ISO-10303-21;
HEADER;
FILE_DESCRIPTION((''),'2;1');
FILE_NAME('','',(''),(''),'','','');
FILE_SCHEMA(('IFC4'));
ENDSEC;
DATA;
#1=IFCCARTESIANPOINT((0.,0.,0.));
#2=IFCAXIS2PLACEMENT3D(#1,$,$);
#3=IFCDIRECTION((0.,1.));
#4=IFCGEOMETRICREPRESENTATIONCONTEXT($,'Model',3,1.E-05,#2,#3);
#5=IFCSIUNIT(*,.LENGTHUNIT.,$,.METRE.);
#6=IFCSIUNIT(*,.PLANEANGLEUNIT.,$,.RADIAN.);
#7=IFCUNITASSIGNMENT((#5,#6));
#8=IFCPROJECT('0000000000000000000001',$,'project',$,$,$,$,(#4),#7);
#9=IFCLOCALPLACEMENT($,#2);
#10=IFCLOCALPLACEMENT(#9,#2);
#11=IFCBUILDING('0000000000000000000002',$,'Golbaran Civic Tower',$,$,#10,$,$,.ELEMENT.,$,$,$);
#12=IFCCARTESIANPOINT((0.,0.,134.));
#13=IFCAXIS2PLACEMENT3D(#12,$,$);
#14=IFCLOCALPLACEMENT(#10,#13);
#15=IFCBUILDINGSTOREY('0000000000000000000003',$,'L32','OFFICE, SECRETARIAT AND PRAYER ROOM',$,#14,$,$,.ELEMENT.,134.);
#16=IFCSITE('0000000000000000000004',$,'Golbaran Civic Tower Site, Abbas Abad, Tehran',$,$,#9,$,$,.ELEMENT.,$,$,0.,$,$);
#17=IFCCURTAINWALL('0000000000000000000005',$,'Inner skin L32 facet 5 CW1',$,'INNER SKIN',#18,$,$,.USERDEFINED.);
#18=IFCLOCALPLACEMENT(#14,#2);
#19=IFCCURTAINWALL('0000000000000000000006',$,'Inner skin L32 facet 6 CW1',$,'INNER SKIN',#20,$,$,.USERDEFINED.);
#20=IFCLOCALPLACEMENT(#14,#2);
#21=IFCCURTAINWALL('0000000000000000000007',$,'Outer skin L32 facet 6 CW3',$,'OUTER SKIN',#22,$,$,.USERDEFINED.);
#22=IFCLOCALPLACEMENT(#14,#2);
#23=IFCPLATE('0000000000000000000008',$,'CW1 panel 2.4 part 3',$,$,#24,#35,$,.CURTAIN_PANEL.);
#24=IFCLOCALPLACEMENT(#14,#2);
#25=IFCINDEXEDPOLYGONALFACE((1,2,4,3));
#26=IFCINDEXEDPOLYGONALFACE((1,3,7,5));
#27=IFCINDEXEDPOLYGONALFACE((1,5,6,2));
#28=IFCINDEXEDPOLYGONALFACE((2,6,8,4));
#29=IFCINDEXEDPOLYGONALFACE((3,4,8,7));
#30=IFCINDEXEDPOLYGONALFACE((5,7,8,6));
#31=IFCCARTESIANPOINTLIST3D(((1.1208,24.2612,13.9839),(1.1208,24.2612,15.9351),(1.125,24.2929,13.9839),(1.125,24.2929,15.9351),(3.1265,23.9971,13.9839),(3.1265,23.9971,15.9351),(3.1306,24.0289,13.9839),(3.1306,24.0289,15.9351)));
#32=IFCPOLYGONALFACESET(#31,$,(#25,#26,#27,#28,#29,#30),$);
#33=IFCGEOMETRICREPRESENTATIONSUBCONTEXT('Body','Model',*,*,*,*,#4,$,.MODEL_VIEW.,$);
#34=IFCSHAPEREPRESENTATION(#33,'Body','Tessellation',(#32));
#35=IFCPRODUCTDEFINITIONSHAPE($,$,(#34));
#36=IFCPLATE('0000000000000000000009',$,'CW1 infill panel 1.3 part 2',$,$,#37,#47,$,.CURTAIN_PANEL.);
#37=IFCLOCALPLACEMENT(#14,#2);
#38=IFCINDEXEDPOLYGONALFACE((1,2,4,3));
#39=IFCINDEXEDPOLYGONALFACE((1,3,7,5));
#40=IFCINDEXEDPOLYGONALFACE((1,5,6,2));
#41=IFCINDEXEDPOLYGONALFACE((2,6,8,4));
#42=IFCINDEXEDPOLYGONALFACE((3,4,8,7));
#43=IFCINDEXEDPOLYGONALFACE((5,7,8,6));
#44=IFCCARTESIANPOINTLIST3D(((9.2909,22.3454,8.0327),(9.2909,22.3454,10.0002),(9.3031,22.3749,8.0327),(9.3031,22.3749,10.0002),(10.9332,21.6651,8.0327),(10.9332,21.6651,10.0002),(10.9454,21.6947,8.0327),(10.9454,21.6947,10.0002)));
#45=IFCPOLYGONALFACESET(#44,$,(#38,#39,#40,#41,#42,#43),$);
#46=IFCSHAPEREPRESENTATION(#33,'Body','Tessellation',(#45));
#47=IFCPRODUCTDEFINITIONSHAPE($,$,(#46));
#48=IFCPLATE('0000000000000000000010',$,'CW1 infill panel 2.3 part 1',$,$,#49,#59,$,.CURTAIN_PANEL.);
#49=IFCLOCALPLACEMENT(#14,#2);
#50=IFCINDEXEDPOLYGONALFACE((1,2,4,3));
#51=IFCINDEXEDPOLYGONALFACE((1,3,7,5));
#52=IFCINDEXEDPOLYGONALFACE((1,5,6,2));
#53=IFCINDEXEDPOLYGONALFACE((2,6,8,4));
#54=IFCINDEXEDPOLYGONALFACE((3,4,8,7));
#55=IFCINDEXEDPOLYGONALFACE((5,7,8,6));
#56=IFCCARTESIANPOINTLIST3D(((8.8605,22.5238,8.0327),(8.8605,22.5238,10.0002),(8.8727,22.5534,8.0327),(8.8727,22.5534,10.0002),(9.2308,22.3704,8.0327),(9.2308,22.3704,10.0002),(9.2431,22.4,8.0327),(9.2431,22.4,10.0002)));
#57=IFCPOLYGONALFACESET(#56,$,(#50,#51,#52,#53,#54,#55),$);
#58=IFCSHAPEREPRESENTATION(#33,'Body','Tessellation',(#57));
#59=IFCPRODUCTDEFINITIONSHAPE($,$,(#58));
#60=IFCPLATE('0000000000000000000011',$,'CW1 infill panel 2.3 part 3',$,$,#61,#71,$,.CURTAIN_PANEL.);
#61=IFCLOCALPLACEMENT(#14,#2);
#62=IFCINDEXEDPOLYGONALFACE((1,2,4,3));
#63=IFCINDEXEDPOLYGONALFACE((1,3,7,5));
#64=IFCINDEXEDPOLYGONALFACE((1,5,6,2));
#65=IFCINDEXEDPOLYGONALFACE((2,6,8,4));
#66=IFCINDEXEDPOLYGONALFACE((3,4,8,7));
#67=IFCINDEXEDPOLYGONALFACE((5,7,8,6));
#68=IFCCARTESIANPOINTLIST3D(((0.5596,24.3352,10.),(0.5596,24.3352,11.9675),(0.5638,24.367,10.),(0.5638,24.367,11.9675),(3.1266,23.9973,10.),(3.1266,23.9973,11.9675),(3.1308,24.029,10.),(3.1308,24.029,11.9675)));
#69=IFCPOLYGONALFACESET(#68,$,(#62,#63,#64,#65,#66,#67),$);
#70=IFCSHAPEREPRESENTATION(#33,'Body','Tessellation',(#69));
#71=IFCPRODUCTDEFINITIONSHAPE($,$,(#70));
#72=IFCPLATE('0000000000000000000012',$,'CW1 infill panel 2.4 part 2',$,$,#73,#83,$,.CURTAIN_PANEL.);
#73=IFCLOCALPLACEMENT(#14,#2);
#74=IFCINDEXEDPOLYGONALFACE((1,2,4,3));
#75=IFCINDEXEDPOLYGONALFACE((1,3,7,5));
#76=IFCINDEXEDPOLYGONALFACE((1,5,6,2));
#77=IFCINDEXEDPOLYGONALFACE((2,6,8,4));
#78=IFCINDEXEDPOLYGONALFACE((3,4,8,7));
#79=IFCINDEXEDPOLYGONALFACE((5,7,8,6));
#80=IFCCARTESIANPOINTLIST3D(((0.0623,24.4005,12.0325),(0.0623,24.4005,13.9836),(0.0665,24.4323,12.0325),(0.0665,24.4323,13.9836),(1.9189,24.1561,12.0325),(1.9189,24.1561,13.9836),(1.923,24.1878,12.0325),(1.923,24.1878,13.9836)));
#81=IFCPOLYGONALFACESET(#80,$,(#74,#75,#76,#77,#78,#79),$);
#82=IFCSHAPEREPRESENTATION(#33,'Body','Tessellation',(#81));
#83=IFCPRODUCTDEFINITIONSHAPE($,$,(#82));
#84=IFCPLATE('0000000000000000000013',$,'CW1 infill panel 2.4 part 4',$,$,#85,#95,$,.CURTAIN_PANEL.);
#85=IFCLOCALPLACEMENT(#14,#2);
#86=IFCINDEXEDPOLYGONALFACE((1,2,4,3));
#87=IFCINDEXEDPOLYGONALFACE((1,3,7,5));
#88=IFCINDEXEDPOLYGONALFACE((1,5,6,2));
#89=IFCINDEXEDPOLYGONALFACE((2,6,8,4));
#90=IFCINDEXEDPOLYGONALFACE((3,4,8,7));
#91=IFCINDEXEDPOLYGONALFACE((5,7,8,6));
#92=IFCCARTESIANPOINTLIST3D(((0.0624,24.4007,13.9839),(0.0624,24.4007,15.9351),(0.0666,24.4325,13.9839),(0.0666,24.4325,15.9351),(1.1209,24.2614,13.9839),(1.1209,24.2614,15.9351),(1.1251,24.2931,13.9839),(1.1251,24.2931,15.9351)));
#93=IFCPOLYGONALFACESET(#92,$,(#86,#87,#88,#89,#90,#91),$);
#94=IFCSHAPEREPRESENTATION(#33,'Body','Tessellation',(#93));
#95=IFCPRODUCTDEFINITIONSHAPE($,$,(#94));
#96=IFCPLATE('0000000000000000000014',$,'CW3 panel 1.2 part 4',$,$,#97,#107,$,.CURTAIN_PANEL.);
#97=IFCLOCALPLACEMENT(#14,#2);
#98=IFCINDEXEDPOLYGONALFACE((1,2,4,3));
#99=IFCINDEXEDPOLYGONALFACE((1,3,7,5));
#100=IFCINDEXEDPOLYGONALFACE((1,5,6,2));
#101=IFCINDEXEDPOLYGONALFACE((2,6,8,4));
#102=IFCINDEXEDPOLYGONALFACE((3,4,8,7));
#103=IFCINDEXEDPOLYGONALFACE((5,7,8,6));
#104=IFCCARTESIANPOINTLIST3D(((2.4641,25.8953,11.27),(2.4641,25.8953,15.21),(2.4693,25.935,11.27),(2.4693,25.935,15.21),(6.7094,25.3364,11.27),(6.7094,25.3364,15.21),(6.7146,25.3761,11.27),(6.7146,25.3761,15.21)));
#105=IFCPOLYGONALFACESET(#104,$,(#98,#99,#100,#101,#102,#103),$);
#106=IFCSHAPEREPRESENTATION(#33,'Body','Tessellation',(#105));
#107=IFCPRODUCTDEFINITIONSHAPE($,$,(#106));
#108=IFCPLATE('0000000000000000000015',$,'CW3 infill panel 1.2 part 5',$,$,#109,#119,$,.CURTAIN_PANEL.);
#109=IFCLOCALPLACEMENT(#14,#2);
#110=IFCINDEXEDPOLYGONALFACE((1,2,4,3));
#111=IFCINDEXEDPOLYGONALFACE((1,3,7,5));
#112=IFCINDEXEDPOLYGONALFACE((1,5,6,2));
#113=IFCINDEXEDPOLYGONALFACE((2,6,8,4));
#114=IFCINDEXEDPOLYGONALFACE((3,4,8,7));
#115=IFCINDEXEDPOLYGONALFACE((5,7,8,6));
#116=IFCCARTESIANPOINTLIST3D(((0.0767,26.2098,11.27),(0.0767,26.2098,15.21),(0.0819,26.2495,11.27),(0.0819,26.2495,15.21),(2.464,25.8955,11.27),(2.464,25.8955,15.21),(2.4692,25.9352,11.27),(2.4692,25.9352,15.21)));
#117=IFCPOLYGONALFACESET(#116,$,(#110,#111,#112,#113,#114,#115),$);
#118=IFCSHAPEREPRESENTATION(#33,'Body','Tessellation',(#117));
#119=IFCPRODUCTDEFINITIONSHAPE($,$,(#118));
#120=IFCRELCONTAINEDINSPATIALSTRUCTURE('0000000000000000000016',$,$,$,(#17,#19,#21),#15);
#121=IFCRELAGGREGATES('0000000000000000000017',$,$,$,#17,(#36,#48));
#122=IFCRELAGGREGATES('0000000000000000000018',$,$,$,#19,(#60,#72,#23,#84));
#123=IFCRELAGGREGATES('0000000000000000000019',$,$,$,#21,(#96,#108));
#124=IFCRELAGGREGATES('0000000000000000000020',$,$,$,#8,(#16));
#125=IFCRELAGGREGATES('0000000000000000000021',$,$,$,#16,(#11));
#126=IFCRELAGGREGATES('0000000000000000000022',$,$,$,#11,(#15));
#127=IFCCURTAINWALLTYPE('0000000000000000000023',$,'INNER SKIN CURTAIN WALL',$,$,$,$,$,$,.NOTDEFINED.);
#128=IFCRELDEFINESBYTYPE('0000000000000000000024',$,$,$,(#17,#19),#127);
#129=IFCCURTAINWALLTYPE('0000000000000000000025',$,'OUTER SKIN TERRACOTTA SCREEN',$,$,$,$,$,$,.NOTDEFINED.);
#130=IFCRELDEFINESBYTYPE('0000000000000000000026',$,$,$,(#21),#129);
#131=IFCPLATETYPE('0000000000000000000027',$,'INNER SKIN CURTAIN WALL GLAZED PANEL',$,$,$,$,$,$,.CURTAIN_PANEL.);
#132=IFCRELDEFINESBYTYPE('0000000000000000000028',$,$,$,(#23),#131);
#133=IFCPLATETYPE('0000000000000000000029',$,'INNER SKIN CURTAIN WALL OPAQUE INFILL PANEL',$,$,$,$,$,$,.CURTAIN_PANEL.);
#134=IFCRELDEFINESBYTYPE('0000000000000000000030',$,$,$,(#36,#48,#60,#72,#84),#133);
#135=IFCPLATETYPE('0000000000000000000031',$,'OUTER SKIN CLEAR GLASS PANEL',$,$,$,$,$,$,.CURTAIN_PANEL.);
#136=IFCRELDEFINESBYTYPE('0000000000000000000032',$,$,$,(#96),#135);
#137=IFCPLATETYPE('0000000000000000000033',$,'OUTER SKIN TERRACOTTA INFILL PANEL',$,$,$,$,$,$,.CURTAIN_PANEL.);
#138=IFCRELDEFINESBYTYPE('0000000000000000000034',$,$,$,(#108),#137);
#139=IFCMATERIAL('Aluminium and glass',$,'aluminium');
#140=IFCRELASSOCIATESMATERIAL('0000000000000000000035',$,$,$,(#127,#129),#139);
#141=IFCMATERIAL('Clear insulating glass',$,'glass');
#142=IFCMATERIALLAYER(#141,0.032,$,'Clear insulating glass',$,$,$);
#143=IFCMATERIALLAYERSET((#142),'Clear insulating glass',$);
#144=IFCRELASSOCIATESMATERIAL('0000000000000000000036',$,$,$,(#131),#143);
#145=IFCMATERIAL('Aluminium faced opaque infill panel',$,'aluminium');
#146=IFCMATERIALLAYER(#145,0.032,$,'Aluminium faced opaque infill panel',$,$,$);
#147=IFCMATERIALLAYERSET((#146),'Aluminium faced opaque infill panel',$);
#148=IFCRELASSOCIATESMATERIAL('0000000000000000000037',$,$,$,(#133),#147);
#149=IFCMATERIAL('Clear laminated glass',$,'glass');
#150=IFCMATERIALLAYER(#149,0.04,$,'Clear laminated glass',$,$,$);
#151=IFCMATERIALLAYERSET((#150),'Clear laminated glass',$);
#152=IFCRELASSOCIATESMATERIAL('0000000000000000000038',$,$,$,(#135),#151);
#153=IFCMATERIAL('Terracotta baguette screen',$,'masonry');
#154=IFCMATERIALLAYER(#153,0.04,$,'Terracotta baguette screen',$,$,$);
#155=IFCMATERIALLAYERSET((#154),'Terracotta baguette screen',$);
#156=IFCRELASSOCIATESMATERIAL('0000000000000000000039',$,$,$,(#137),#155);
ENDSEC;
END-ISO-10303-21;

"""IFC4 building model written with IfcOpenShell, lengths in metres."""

from ifc_helpers import new_model, si_unit, direction, frame, origin, origin_2d, place, context, subcontext, project, spatial, rectangle, extrude, material, layer, layer_set, type_object, element, aggregate, save


model = new_model("IFC4")

# Units and contexts
model_context = context("Model", 3, precision=1e-05, world=origin(), true_north=direction((0.0, 1.0)))
body_context = subcontext(model_context, "Body", "Model", "MODEL_VIEW")
ifc_project = project(units=[si_unit("LENGTHUNIT", "METRE"), si_unit("PLANEANGLEUNIT", "RADIAN")], contexts=[model_context])

# Site, building, storey
site_placement = place(None, origin())
site = spatial("IfcSite", under=ifc_project, at=site_placement, Name="Golbaran Civic Tower Site, Abbas Abad, Tehran", CompositionType="ELEMENT", RefElevation=0.0)
building_placement = place(site_placement, origin())
building = spatial("IfcBuilding", under=site, at=building_placement, Name="Golbaran Civic Tower", CompositionType="ELEMENT")
storey_placement = place(building_placement, frame((0.0, 0.0, 134.0)))
storey = spatial("IfcBuildingStorey", under=building, at=storey_placement, Name="L32", Description="OFFICE, SECRETARIAT AND PRAYER ROOM", CompositionType="ELEMENT", Elevation=134.0)

# Curtain walls
ifc_material_1 = material(Name="Aluminium and glass", Category="aluminium")
curtain_wall_type_1 = type_object("IfcCurtainWallType", Name="INNER SKIN CURTAIN WALL", PredefinedType="NOTDEFINED", material=ifc_material_1)
curtain_wall_1_placement = place(storey_placement, origin())
curtain_wall_1 = element("IfcCurtainWall", 1, at=curtain_wall_1_placement, inside=storey, type_object=curtain_wall_type_1, Name="Inner skin L32 facet 5 CW1", ObjectType="INNER SKIN", PredefinedType="USERDEFINED")
curtain_wall_2_placement = place(storey_placement, origin())
curtain_wall_2 = element("IfcCurtainWall", 2, at=curtain_wall_2_placement, inside=storey, type_object=curtain_wall_type_1, Name="Inner skin L32 facet 6 CW1", ObjectType="INNER SKIN", PredefinedType="USERDEFINED")

# Curtain wall
curtain_wall_type_2 = type_object("IfcCurtainWallType", Name="OUTER SKIN TERRACOTTA SCREEN", PredefinedType="NOTDEFINED", material=ifc_material_1)
curtain_wall_3_placement = place(storey_placement, origin())
curtain_wall_3 = element("IfcCurtainWall", 3, at=curtain_wall_3_placement, inside=storey, type_object=curtain_wall_type_2, Name="Outer skin L32 facet 6 CW3", ObjectType="OUTER SKIN", PredefinedType="USERDEFINED")

# Plates
ifc_material_2 = material(Name="Clear insulating glass", Category="glass")
ifc_layer_1 = layer(ifc_material_2, 0.032, Name="Clear insulating glass")
ifc_layer_set_1 = layer_set([ifc_layer_1], Name="Clear insulating glass")
plate_type_1 = type_object("IfcPlateType", Name="INNER SKIN CURTAIN WALL GLAZED PANEL", PredefinedType="CURTAIN_PANEL", material=ifc_layer_set_1)
plate_1_placement = place(storey_placement, frame((2.1257, 24.145, 13.9839), z_axis=(0.0, 0.0, 1.0), x_axis=(-0.991445, 0.130526, 0.0)))
plate_1 = element("IfcPlate", 4, at=plate_1_placement, type_object=plate_type_1, Name="CW1 panel 2.4 part 3", PredefinedType="CURTAIN_PANEL", context=body_context, shape_type="SweptSolid", body=[
    extrude(rectangle(XDim=2.0229, YDim=0.032, at=origin_2d()), origin(), (0.0, 0.0, 1.0), 1.9512),
])
ifc_material_3 = material(Name="Aluminium faced opaque infill panel", Category="aluminium")
ifc_layer_2 = layer(ifc_material_3, 0.032, Name="Aluminium faced opaque infill panel")
ifc_layer_set_2 = layer_set([ifc_layer_2], Name="Aluminium faced opaque infill panel")
plate_type_2 = type_object("IfcPlateType", Name="INNER SKIN CURTAIN WALL OPAQUE INFILL PANEL", PredefinedType="CURTAIN_PANEL", material=ifc_layer_set_2)
plate_2_placement = place(storey_placement, frame((10.1182, 22.02, 8.0327), z_axis=(0.0, 0.0, 1.0), x_axis=(-0.92388, 0.382683, 0.0)))
plate_2 = element("IfcPlate", 5, at=plate_2_placement, type_object=plate_type_2, Name="CW1 infill panel 1.3 part 2", PredefinedType="CURTAIN_PANEL", context=body_context, shape_type="SweptSolid", body=[
    extrude(rectangle(XDim=1.7776, YDim=0.032, at=origin_2d()), origin(), (0.0, 0.0, 1.0), 1.9675),
])
plate_3_placement = place(storey_placement, frame((9.0518, 22.4619, 8.0327), z_axis=(0.0, 0.0, 1.0), x_axis=(-0.92388, 0.382683, 0.0)))
plate_3 = element("IfcPlate", 6, at=plate_3_placement, type_object=plate_type_2, Name="CW1 infill panel 2.3 part 1", PredefinedType="CURTAIN_PANEL", context=body_context, shape_type="SweptSolid", body=[
    extrude(rectangle(XDim=0.4009, YDim=0.032, at=origin_2d()), origin(), (0.0, 0.0, 1.0), 1.9675),
])
aggregate(curtain_wall_1, [plate_2, plate_3])
plate_4_placement = place(storey_placement, frame((1.8452, 24.1821, 10.0), z_axis=(0.0, 0.0, 1.0), x_axis=(-0.991445, 0.130526, 0.0)))
plate_4 = element("IfcPlate", 7, at=plate_4_placement, type_object=plate_type_2, Name="CW1 infill panel 2.3 part 3", PredefinedType="CURTAIN_PANEL", context=body_context, shape_type="SweptSolid", body=[
    extrude(rectangle(XDim=2.5891, YDim=0.032, at=origin_2d()), origin(), (0.0, 0.0, 1.0), 1.9675),
])
plate_5_placement = place(storey_placement, frame((0.9927, 24.2942, 12.0325), z_axis=(0.0, 0.0, 1.0), x_axis=(-0.991445, 0.130526, 0.0)))
plate_5 = element("IfcPlate", 8, at=plate_5_placement, type_object=plate_type_2, Name="CW1 infill panel 2.4 part 2", PredefinedType="CURTAIN_PANEL", context=body_context, shape_type="SweptSolid", body=[
    extrude(rectangle(XDim=1.8726, YDim=0.032, at=origin_2d()), origin(), (0.0, 0.0, 1.0), 1.9512),
])
plate_6_placement = place(storey_placement, frame((0.5938, 24.3469, 13.9839), z_axis=(0.0, 0.0, 1.0), x_axis=(-0.991445, 0.130526, 0.0)))
plate_6 = element("IfcPlate", 9, at=plate_6_placement, type_object=plate_type_2, Name="CW1 infill panel 2.4 part 4", PredefinedType="CURTAIN_PANEL", context=body_context, shape_type="SweptSolid", body=[
    extrude(rectangle(XDim=1.0676, YDim=0.032, at=origin_2d()), origin(), (0.0, 0.0, 1.0), 1.9512),
])
aggregate(curtain_wall_2, [plate_4, plate_5, plate_1, plate_6])
ifc_material_4 = material(Name="Clear laminated glass", Category="glass")
ifc_layer_3 = layer(ifc_material_4, 0.04, Name="Clear laminated glass")
ifc_layer_set_3 = layer_set([ifc_layer_3], Name="Clear laminated glass")
plate_type_3 = type_object("IfcPlateType", Name="OUTER SKIN CLEAR GLASS PANEL", PredefinedType="CURTAIN_PANEL", material=ifc_layer_set_3)
plate_7_placement = place(storey_placement, frame((4.5894, 25.6357, 11.27), z_axis=(0.0, 0.0, 1.0), x_axis=(-0.991445, 0.130526, 0.0)))
plate_7 = element("IfcPlate", 10, at=plate_7_placement, type_object=plate_type_3, Name="CW3 panel 1.2 part 4", PredefinedType="CURTAIN_PANEL", context=body_context, shape_type="SweptSolid", body=[
    extrude(rectangle(XDim=4.282, YDim=0.04, at=origin_2d()), origin(), (0.0, 0.0, 1.0), 3.9399),
])
ifc_material_5 = material(Name="Terracotta baguette screen", Category="masonry")
ifc_layer_4 = layer(ifc_material_5, 0.04, Name="Terracotta baguette screen")
ifc_layer_set_4 = layer_set([ifc_layer_4], Name="Terracotta baguette screen")
plate_type_4 = type_object("IfcPlateType", Name="OUTER SKIN TERRACOTTA INFILL PANEL", PredefinedType="CURTAIN_PANEL", material=ifc_layer_set_4)
plate_8_placement = place(storey_placement, frame((1.2729, 26.0725, 11.27), z_axis=(0.0, 0.0, 1.0), x_axis=(-0.991445, 0.130526, 0.0)))
plate_8 = element("IfcPlate", 11, at=plate_8_placement, type_object=plate_type_4, Name="CW3 infill panel 1.2 part 5", PredefinedType="CURTAIN_PANEL", context=body_context, shape_type="SweptSolid", body=[
    extrude(rectangle(XDim=2.408, YDim=0.04, at=origin_2d()), origin(), (0.0, 0.0, 1.0), 3.9399),
])
aggregate(curtain_wall_3, [plate_7, plate_8])

save(model, "model.ifc")
